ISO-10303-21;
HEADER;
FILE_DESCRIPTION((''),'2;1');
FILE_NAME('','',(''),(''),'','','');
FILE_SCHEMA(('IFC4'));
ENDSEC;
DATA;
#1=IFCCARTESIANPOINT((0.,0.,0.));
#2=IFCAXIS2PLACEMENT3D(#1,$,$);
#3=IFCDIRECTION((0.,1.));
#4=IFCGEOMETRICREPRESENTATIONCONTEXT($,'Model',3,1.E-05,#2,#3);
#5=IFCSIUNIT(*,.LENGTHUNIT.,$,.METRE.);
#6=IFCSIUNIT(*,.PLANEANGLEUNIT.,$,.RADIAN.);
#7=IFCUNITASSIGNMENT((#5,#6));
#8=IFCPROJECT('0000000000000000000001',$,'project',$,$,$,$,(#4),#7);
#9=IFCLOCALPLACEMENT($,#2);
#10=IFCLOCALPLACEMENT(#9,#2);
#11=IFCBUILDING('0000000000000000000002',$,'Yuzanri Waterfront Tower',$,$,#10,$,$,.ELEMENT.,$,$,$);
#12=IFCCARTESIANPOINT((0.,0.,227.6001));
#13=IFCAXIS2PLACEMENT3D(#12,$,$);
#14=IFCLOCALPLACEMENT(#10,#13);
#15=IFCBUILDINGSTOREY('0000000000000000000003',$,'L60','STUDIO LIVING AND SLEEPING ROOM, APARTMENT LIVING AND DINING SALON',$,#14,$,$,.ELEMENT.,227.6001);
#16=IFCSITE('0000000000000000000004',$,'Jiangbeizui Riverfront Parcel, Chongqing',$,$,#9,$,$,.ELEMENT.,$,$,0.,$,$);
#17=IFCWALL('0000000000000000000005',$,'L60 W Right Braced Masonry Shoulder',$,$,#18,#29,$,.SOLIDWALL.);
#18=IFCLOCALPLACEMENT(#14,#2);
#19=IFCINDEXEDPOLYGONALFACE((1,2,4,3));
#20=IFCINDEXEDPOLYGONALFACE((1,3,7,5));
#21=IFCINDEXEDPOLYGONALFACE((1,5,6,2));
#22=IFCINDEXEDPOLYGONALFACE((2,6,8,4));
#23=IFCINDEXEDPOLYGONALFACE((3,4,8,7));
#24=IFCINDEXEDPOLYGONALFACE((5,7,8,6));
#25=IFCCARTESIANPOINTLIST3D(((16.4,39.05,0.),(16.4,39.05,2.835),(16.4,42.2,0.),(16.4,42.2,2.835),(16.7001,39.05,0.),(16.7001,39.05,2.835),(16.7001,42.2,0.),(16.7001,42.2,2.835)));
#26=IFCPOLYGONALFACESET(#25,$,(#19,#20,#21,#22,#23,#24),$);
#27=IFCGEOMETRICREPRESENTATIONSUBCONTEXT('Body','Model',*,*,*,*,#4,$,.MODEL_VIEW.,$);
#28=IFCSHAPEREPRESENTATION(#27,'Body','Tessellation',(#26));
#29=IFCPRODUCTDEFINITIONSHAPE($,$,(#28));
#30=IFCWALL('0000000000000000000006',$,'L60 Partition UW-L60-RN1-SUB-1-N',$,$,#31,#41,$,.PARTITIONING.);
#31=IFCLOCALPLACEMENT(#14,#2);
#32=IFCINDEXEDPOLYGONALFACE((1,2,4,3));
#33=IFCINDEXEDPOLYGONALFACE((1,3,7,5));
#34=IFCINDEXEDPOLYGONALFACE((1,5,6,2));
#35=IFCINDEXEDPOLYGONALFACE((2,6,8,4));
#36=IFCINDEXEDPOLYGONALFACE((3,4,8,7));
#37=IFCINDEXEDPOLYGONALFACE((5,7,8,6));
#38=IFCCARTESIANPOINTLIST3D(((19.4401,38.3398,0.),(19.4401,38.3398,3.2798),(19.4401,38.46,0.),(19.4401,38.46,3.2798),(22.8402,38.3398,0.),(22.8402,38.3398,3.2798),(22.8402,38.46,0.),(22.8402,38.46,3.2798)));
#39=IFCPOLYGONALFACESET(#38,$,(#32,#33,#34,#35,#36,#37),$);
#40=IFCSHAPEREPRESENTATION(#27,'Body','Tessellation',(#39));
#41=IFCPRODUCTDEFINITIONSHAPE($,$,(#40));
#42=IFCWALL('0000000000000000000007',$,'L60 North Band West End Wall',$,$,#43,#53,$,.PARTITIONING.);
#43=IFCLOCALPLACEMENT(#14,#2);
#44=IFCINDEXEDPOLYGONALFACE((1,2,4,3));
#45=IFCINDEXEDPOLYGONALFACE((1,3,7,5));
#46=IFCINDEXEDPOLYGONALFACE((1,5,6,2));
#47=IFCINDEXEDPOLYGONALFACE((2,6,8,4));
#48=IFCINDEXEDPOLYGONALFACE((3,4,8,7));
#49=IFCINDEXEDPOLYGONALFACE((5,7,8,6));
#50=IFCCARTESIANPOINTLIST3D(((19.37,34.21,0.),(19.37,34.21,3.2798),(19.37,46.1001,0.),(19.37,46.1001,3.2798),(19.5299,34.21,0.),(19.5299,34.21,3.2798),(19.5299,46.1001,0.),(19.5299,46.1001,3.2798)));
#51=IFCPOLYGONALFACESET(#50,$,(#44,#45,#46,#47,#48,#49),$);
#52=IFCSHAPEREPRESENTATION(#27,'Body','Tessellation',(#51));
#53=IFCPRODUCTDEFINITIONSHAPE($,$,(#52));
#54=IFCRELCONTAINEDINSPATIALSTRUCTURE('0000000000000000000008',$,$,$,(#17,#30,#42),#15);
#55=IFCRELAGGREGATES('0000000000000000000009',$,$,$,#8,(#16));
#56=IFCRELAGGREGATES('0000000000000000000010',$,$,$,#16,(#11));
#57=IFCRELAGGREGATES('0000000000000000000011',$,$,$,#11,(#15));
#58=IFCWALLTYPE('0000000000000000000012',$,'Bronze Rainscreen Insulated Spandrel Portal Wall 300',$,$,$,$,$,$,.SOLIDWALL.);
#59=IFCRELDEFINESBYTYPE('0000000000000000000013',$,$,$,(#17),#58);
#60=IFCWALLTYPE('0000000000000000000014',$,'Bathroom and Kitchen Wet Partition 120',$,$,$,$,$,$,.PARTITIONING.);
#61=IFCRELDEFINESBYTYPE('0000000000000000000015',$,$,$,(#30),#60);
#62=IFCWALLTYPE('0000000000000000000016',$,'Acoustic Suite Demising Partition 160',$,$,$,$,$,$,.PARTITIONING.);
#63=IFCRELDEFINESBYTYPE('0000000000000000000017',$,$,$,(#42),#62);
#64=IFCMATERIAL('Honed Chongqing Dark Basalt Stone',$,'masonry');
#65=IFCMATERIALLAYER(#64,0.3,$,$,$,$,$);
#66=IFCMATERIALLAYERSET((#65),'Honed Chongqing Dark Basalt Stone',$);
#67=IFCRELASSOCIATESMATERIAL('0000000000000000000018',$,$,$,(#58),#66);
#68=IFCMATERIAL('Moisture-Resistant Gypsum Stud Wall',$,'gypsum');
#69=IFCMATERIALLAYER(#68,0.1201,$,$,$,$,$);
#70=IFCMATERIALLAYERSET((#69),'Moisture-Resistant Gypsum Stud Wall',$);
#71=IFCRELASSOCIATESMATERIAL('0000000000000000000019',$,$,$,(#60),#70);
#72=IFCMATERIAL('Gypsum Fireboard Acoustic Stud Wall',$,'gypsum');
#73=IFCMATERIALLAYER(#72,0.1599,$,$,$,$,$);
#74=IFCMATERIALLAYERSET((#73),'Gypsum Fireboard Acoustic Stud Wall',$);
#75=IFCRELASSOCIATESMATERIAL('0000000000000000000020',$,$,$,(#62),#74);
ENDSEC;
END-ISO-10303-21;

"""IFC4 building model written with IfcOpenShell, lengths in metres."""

from ifc_helpers import new_model, si_unit, direction, frame, frame_2d, origin, place, context, subcontext, project, spatial, rectangle, extrude, source, transform, mapped, material, layer, layer_set, type_object, element, save


model = new_model("IFC4")

# Units and contexts
model_context = context("Model", 3, precision=1e-05, world=origin(), true_north=direction((0.0, 1.0)))
body_context = subcontext(model_context, "Body", "Model", "MODEL_VIEW")
ifc_project = project(units=[si_unit("LENGTHUNIT", "METRE"), si_unit("PLANEANGLEUNIT", "RADIAN")], contexts=[model_context])

# Site, building, storey
site_placement = place(None, origin())
site = spatial("IfcSite", under=ifc_project, at=site_placement, Name="Jiangbeizui Riverfront Parcel, Chongqing", CompositionType="ELEMENT", RefElevation=0.0)
building_placement = place(site_placement, origin())
building = spatial("IfcBuilding", under=site, at=building_placement, Name="Yuzanri Waterfront Tower", CompositionType="ELEMENT")
storey_placement = place(building_placement, frame((0.0, 0.0, 227.6001)))
storey = spatial("IfcBuildingStorey", under=building, at=storey_placement, Name="L60", Description="STUDIO LIVING AND SLEEPING ROOM, APARTMENT LIVING AND DINING SALON", CompositionType="ELEMENT", Elevation=227.6001)

# Shared definitions
ifc_material_1 = material(Name="Honed Chongqing Dark Basalt Stone", Category="masonry")
ifc_layer_1 = layer(ifc_material_1, 0.3)
ifc_layer_set_1 = layer_set([ifc_layer_1], Name="Honed Chongqing Dark Basalt Stone")
wall_type_1 = type_object("IfcWallType", Name="Bronze Rainscreen Insulated Spandrel Portal Wall 300", PredefinedType="SOLIDWALL", material=ifc_layer_set_1)

# Walls
shared_shape_1 = source(origin(), body_context, "Body", "SweptSolid", [
    extrude(rectangle(XDim=3.1499, YDim=0.3, at=frame_2d((1.575, 0.0))), origin(), (0.0, 0.0, 1.0), 2.835),
])
wall_1_placement = place(storey_placement, frame((16.55, 39.05, 0.0), z_axis=(0.0, 0.0, 1.0), x_axis=(0.0, 1.0, 0.0)))
element("IfcWall", 1, at=wall_1_placement, inside=storey, type_object=wall_type_1, Name="L60 W Right Braced Masonry Shoulder", PredefinedType="SOLIDWALL", context=body_context, shape_type="MappedRepresentation", body=[
    mapped(shared_shape_1, transform((0.0, 0.0, 0.0), scale=1.0)),
])
ifc_material_2 = material(Name="Moisture-Resistant Gypsum Stud Wall", Category="gypsum")
ifc_layer_2 = layer(ifc_material_2, 0.1201)
ifc_layer_set_2 = layer_set([ifc_layer_2], Name="Moisture-Resistant Gypsum Stud Wall")
wall_type_2 = type_object("IfcWallType", Name="Bathroom and Kitchen Wet Partition 120", PredefinedType="PARTITIONING", material=ifc_layer_set_2)
shared_shape_2 = source(origin(), body_context, "Body", "SweptSolid", [
    extrude(rectangle(XDim=3.4001, YDim=0.1201, at=frame_2d((1.7002, 0.0))), origin(), (0.0, 0.0, 1.0), 3.2798),
])
wall_2_placement = place(storey_placement, frame((19.4399, 38.3999, 0.0), z_axis=(0.0, 0.0, 1.0), x_axis=(1.0, 0.0, 0.0)))
element("IfcWall", 2, at=wall_2_placement, inside=storey, type_object=wall_type_2, Name="L60 Partition UW-L60-RN1-SUB-1-N", PredefinedType="PARTITIONING", context=body_context, shape_type="MappedRepresentation", body=[
    mapped(shared_shape_2, transform((0.0, 0.0, 0.0), scale=1.0)),
])
ifc_material_3 = material(Name="Gypsum Fireboard Acoustic Stud Wall", Category="gypsum")
ifc_layer_3 = layer(ifc_material_3, 0.1599)
ifc_layer_set_3 = layer_set([ifc_layer_3], Name="Gypsum Fireboard Acoustic Stud Wall")
wall_type_3 = type_object("IfcWallType", Name="Acoustic Suite Demising Partition 160", PredefinedType="PARTITIONING", material=ifc_layer_set_3)
shared_shape_3 = source(origin(), body_context, "Body", "SweptSolid", [
    extrude(rectangle(XDim=11.8901, YDim=0.1599, at=frame_2d((5.9451, 0.0))), origin(), (0.0, 0.0, 1.0), 3.2798),
])
wall_3_placement = place(storey_placement, frame((19.45, 34.21, 0.0), z_axis=(0.0, 0.0, 1.0), x_axis=(0.0, 1.0, 0.0)))
element("IfcWall", 3, at=wall_3_placement, inside=storey, type_object=wall_type_3, Name="L60 North Band West End Wall", PredefinedType="PARTITIONING", context=body_context, shape_type="MappedRepresentation", body=[
    mapped(shared_shape_3, transform((0.0, 0.0, 0.0), scale=1.0)),
])

save(model, "model.ifc")
